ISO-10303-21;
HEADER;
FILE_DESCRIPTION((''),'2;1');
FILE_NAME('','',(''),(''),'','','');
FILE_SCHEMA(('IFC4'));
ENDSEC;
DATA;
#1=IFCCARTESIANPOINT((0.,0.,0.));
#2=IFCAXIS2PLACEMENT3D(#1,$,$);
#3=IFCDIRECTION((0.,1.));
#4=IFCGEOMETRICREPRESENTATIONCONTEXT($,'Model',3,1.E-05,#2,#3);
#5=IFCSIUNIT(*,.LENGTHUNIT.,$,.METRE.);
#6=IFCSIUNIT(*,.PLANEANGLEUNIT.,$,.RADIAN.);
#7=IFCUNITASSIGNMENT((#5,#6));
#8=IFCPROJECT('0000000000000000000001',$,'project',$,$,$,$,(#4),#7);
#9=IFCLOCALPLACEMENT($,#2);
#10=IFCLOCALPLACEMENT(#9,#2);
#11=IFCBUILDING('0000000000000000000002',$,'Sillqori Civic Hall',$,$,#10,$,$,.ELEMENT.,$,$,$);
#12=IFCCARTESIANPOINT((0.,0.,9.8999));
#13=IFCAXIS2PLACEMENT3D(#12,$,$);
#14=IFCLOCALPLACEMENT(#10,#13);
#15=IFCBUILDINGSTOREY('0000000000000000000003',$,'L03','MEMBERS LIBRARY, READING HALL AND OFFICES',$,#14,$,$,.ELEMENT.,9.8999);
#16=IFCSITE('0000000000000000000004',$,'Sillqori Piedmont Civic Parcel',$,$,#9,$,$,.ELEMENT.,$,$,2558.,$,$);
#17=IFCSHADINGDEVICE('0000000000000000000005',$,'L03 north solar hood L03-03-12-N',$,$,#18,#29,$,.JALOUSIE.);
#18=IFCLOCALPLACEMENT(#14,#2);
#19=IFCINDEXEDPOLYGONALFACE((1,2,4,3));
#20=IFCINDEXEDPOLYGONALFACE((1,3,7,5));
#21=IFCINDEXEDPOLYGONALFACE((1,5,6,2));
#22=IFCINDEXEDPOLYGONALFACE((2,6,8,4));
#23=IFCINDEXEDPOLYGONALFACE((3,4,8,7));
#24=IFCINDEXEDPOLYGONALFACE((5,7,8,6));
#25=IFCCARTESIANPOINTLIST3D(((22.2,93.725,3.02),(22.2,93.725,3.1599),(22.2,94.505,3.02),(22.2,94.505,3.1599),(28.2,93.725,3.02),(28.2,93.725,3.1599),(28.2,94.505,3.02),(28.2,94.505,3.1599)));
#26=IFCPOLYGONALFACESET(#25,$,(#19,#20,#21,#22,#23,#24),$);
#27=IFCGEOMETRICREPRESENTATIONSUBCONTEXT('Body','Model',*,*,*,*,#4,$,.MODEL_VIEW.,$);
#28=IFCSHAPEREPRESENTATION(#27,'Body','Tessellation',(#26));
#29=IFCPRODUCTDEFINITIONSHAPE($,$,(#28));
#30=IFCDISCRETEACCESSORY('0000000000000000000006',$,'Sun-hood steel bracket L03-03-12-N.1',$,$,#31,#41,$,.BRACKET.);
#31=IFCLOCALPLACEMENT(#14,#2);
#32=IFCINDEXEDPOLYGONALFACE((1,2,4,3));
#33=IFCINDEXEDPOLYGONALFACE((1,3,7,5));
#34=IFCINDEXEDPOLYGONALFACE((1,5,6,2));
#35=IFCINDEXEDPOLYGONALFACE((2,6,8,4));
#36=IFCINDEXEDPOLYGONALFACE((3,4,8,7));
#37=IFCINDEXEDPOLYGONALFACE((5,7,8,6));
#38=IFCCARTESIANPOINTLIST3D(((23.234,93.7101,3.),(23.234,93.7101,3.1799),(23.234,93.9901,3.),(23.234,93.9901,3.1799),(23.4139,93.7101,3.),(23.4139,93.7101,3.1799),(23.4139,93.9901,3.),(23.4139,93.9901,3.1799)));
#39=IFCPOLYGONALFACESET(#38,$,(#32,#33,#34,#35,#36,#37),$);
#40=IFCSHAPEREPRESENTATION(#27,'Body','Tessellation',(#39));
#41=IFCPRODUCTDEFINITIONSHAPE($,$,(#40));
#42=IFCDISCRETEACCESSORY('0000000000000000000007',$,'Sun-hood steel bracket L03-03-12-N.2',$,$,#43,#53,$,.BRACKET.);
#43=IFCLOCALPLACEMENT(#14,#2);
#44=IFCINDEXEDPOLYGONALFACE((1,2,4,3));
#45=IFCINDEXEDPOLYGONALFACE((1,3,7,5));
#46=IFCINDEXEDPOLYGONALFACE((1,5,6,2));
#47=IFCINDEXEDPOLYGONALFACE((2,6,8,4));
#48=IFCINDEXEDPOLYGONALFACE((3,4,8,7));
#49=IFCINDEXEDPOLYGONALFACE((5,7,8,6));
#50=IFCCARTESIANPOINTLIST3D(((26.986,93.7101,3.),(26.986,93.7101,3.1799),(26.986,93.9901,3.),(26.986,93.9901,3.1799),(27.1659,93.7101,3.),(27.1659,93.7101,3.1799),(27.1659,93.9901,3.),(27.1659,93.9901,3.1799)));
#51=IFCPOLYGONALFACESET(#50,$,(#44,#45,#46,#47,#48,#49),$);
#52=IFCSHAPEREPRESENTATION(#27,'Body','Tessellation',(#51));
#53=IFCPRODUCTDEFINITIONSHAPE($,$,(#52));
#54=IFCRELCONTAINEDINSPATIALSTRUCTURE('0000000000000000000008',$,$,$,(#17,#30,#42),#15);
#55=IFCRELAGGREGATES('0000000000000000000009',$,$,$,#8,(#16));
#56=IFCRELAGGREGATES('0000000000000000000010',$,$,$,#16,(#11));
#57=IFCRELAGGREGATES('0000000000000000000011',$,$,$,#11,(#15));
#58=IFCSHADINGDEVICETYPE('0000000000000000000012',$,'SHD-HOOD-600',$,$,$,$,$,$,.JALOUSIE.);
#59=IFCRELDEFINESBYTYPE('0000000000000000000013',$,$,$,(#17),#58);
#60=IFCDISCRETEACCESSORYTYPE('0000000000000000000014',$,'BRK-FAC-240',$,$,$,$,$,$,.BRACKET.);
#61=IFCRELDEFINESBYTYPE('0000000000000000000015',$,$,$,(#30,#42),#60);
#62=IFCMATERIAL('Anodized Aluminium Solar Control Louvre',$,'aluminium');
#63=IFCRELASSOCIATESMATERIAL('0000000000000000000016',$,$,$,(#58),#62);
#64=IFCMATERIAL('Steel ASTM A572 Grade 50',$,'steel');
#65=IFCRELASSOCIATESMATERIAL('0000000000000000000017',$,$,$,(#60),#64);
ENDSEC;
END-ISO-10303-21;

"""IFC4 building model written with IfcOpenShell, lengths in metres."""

from ifc_helpers import new_model, si_unit, direction, frame, origin, origin_2d, place, context, subcontext, project, spatial, rectangle, extrude, material, type_object, element, save


model = new_model("IFC4")

# Units and contexts
model_context = context("Model", 3, precision=1e-05, world=origin(), true_north=direction((0.0, 1.0)))
body_context = subcontext(model_context, "Body", "Model", "MODEL_VIEW")
ifc_project = project(units=[si_unit("LENGTHUNIT", "METRE"), si_unit("PLANEANGLEUNIT", "RADIAN")], contexts=[model_context])

# Site, building, storey
site_placement = place(None, origin())
site = spatial("IfcSite", under=ifc_project, at=site_placement, Name="Sillqori Piedmont Civic Parcel", CompositionType="ELEMENT", RefElevation=2558.0)
building_placement = place(site_placement, origin())
building = spatial("IfcBuilding", under=site, at=building_placement, Name="Sillqori Civic Hall", CompositionType="ELEMENT")
storey_placement = place(building_placement, frame((0.0, 0.0, 9.8999)))
storey = spatial("IfcBuildingStorey", under=building, at=storey_placement, Name="L03", Description="MEMBERS LIBRARY, READING HALL AND OFFICES", CompositionType="ELEMENT", Elevation=9.8999)

# Shading device
ifc_material_1 = material(Name="Anodized Aluminium Solar Control Louvre", Category="aluminium")
shading_device_type = type_object("IfcShadingDeviceType", Name="SHD-HOOD-600", PredefinedType="JALOUSIE", material=ifc_material_1)
shading_device_placement = place(storey_placement, frame((25.2, 94.115, 3.02), z_axis=(0.0, 0.0, 1.0), x_axis=(1.0, 0.0, 0.0)))
element("IfcShadingDevice", 1, at=shading_device_placement, inside=storey, type_object=shading_device_type, Name="L03 north solar hood L03-03-12-N", PredefinedType="JALOUSIE", context=body_context, shape_type="SweptSolid", body=[
    extrude(rectangle(XDim=6.0, YDim=0.78, at=origin_2d()), origin(), (0.0, 0.0, 1.0), 0.1399),
])

# Discrete accessories
ifc_material_2 = material(Name="Steel ASTM A572 Grade 50", Category="steel")
discrete_accessory_type = type_object("IfcDiscreteAccessoryType", Name="BRK-FAC-240", PredefinedType="BRACKET", material=ifc_material_2)
for number, where, z_axis, x_axis, name in (
    (2, (23.324, 93.8501, 3.0), (0.0, 0.0, 1.0), (1.0, 0.0, 0.0), "Sun-hood steel bracket L03-03-12-N.1"),
    (3, (27.0759, 93.8501, 3.0), (0.0, 0.0, 1.0), (1.0, 0.0, 0.0), "Sun-hood steel bracket L03-03-12-N.2"),
):
    element("IfcDiscreteAccessory", number, at=place(storey_placement, frame(where, z_axis=z_axis, x_axis=x_axis)), inside=storey, type_object=discrete_accessory_type, Name=name, PredefinedType="BRACKET", context=body_context, shape_type="SweptSolid", body=[
        extrude(rectangle(XDim=0.1799, YDim=0.28, at=origin_2d()), origin(), (0.0, 0.0, 1.0), 0.1799),
    ])

save(model, "model.ifc")
